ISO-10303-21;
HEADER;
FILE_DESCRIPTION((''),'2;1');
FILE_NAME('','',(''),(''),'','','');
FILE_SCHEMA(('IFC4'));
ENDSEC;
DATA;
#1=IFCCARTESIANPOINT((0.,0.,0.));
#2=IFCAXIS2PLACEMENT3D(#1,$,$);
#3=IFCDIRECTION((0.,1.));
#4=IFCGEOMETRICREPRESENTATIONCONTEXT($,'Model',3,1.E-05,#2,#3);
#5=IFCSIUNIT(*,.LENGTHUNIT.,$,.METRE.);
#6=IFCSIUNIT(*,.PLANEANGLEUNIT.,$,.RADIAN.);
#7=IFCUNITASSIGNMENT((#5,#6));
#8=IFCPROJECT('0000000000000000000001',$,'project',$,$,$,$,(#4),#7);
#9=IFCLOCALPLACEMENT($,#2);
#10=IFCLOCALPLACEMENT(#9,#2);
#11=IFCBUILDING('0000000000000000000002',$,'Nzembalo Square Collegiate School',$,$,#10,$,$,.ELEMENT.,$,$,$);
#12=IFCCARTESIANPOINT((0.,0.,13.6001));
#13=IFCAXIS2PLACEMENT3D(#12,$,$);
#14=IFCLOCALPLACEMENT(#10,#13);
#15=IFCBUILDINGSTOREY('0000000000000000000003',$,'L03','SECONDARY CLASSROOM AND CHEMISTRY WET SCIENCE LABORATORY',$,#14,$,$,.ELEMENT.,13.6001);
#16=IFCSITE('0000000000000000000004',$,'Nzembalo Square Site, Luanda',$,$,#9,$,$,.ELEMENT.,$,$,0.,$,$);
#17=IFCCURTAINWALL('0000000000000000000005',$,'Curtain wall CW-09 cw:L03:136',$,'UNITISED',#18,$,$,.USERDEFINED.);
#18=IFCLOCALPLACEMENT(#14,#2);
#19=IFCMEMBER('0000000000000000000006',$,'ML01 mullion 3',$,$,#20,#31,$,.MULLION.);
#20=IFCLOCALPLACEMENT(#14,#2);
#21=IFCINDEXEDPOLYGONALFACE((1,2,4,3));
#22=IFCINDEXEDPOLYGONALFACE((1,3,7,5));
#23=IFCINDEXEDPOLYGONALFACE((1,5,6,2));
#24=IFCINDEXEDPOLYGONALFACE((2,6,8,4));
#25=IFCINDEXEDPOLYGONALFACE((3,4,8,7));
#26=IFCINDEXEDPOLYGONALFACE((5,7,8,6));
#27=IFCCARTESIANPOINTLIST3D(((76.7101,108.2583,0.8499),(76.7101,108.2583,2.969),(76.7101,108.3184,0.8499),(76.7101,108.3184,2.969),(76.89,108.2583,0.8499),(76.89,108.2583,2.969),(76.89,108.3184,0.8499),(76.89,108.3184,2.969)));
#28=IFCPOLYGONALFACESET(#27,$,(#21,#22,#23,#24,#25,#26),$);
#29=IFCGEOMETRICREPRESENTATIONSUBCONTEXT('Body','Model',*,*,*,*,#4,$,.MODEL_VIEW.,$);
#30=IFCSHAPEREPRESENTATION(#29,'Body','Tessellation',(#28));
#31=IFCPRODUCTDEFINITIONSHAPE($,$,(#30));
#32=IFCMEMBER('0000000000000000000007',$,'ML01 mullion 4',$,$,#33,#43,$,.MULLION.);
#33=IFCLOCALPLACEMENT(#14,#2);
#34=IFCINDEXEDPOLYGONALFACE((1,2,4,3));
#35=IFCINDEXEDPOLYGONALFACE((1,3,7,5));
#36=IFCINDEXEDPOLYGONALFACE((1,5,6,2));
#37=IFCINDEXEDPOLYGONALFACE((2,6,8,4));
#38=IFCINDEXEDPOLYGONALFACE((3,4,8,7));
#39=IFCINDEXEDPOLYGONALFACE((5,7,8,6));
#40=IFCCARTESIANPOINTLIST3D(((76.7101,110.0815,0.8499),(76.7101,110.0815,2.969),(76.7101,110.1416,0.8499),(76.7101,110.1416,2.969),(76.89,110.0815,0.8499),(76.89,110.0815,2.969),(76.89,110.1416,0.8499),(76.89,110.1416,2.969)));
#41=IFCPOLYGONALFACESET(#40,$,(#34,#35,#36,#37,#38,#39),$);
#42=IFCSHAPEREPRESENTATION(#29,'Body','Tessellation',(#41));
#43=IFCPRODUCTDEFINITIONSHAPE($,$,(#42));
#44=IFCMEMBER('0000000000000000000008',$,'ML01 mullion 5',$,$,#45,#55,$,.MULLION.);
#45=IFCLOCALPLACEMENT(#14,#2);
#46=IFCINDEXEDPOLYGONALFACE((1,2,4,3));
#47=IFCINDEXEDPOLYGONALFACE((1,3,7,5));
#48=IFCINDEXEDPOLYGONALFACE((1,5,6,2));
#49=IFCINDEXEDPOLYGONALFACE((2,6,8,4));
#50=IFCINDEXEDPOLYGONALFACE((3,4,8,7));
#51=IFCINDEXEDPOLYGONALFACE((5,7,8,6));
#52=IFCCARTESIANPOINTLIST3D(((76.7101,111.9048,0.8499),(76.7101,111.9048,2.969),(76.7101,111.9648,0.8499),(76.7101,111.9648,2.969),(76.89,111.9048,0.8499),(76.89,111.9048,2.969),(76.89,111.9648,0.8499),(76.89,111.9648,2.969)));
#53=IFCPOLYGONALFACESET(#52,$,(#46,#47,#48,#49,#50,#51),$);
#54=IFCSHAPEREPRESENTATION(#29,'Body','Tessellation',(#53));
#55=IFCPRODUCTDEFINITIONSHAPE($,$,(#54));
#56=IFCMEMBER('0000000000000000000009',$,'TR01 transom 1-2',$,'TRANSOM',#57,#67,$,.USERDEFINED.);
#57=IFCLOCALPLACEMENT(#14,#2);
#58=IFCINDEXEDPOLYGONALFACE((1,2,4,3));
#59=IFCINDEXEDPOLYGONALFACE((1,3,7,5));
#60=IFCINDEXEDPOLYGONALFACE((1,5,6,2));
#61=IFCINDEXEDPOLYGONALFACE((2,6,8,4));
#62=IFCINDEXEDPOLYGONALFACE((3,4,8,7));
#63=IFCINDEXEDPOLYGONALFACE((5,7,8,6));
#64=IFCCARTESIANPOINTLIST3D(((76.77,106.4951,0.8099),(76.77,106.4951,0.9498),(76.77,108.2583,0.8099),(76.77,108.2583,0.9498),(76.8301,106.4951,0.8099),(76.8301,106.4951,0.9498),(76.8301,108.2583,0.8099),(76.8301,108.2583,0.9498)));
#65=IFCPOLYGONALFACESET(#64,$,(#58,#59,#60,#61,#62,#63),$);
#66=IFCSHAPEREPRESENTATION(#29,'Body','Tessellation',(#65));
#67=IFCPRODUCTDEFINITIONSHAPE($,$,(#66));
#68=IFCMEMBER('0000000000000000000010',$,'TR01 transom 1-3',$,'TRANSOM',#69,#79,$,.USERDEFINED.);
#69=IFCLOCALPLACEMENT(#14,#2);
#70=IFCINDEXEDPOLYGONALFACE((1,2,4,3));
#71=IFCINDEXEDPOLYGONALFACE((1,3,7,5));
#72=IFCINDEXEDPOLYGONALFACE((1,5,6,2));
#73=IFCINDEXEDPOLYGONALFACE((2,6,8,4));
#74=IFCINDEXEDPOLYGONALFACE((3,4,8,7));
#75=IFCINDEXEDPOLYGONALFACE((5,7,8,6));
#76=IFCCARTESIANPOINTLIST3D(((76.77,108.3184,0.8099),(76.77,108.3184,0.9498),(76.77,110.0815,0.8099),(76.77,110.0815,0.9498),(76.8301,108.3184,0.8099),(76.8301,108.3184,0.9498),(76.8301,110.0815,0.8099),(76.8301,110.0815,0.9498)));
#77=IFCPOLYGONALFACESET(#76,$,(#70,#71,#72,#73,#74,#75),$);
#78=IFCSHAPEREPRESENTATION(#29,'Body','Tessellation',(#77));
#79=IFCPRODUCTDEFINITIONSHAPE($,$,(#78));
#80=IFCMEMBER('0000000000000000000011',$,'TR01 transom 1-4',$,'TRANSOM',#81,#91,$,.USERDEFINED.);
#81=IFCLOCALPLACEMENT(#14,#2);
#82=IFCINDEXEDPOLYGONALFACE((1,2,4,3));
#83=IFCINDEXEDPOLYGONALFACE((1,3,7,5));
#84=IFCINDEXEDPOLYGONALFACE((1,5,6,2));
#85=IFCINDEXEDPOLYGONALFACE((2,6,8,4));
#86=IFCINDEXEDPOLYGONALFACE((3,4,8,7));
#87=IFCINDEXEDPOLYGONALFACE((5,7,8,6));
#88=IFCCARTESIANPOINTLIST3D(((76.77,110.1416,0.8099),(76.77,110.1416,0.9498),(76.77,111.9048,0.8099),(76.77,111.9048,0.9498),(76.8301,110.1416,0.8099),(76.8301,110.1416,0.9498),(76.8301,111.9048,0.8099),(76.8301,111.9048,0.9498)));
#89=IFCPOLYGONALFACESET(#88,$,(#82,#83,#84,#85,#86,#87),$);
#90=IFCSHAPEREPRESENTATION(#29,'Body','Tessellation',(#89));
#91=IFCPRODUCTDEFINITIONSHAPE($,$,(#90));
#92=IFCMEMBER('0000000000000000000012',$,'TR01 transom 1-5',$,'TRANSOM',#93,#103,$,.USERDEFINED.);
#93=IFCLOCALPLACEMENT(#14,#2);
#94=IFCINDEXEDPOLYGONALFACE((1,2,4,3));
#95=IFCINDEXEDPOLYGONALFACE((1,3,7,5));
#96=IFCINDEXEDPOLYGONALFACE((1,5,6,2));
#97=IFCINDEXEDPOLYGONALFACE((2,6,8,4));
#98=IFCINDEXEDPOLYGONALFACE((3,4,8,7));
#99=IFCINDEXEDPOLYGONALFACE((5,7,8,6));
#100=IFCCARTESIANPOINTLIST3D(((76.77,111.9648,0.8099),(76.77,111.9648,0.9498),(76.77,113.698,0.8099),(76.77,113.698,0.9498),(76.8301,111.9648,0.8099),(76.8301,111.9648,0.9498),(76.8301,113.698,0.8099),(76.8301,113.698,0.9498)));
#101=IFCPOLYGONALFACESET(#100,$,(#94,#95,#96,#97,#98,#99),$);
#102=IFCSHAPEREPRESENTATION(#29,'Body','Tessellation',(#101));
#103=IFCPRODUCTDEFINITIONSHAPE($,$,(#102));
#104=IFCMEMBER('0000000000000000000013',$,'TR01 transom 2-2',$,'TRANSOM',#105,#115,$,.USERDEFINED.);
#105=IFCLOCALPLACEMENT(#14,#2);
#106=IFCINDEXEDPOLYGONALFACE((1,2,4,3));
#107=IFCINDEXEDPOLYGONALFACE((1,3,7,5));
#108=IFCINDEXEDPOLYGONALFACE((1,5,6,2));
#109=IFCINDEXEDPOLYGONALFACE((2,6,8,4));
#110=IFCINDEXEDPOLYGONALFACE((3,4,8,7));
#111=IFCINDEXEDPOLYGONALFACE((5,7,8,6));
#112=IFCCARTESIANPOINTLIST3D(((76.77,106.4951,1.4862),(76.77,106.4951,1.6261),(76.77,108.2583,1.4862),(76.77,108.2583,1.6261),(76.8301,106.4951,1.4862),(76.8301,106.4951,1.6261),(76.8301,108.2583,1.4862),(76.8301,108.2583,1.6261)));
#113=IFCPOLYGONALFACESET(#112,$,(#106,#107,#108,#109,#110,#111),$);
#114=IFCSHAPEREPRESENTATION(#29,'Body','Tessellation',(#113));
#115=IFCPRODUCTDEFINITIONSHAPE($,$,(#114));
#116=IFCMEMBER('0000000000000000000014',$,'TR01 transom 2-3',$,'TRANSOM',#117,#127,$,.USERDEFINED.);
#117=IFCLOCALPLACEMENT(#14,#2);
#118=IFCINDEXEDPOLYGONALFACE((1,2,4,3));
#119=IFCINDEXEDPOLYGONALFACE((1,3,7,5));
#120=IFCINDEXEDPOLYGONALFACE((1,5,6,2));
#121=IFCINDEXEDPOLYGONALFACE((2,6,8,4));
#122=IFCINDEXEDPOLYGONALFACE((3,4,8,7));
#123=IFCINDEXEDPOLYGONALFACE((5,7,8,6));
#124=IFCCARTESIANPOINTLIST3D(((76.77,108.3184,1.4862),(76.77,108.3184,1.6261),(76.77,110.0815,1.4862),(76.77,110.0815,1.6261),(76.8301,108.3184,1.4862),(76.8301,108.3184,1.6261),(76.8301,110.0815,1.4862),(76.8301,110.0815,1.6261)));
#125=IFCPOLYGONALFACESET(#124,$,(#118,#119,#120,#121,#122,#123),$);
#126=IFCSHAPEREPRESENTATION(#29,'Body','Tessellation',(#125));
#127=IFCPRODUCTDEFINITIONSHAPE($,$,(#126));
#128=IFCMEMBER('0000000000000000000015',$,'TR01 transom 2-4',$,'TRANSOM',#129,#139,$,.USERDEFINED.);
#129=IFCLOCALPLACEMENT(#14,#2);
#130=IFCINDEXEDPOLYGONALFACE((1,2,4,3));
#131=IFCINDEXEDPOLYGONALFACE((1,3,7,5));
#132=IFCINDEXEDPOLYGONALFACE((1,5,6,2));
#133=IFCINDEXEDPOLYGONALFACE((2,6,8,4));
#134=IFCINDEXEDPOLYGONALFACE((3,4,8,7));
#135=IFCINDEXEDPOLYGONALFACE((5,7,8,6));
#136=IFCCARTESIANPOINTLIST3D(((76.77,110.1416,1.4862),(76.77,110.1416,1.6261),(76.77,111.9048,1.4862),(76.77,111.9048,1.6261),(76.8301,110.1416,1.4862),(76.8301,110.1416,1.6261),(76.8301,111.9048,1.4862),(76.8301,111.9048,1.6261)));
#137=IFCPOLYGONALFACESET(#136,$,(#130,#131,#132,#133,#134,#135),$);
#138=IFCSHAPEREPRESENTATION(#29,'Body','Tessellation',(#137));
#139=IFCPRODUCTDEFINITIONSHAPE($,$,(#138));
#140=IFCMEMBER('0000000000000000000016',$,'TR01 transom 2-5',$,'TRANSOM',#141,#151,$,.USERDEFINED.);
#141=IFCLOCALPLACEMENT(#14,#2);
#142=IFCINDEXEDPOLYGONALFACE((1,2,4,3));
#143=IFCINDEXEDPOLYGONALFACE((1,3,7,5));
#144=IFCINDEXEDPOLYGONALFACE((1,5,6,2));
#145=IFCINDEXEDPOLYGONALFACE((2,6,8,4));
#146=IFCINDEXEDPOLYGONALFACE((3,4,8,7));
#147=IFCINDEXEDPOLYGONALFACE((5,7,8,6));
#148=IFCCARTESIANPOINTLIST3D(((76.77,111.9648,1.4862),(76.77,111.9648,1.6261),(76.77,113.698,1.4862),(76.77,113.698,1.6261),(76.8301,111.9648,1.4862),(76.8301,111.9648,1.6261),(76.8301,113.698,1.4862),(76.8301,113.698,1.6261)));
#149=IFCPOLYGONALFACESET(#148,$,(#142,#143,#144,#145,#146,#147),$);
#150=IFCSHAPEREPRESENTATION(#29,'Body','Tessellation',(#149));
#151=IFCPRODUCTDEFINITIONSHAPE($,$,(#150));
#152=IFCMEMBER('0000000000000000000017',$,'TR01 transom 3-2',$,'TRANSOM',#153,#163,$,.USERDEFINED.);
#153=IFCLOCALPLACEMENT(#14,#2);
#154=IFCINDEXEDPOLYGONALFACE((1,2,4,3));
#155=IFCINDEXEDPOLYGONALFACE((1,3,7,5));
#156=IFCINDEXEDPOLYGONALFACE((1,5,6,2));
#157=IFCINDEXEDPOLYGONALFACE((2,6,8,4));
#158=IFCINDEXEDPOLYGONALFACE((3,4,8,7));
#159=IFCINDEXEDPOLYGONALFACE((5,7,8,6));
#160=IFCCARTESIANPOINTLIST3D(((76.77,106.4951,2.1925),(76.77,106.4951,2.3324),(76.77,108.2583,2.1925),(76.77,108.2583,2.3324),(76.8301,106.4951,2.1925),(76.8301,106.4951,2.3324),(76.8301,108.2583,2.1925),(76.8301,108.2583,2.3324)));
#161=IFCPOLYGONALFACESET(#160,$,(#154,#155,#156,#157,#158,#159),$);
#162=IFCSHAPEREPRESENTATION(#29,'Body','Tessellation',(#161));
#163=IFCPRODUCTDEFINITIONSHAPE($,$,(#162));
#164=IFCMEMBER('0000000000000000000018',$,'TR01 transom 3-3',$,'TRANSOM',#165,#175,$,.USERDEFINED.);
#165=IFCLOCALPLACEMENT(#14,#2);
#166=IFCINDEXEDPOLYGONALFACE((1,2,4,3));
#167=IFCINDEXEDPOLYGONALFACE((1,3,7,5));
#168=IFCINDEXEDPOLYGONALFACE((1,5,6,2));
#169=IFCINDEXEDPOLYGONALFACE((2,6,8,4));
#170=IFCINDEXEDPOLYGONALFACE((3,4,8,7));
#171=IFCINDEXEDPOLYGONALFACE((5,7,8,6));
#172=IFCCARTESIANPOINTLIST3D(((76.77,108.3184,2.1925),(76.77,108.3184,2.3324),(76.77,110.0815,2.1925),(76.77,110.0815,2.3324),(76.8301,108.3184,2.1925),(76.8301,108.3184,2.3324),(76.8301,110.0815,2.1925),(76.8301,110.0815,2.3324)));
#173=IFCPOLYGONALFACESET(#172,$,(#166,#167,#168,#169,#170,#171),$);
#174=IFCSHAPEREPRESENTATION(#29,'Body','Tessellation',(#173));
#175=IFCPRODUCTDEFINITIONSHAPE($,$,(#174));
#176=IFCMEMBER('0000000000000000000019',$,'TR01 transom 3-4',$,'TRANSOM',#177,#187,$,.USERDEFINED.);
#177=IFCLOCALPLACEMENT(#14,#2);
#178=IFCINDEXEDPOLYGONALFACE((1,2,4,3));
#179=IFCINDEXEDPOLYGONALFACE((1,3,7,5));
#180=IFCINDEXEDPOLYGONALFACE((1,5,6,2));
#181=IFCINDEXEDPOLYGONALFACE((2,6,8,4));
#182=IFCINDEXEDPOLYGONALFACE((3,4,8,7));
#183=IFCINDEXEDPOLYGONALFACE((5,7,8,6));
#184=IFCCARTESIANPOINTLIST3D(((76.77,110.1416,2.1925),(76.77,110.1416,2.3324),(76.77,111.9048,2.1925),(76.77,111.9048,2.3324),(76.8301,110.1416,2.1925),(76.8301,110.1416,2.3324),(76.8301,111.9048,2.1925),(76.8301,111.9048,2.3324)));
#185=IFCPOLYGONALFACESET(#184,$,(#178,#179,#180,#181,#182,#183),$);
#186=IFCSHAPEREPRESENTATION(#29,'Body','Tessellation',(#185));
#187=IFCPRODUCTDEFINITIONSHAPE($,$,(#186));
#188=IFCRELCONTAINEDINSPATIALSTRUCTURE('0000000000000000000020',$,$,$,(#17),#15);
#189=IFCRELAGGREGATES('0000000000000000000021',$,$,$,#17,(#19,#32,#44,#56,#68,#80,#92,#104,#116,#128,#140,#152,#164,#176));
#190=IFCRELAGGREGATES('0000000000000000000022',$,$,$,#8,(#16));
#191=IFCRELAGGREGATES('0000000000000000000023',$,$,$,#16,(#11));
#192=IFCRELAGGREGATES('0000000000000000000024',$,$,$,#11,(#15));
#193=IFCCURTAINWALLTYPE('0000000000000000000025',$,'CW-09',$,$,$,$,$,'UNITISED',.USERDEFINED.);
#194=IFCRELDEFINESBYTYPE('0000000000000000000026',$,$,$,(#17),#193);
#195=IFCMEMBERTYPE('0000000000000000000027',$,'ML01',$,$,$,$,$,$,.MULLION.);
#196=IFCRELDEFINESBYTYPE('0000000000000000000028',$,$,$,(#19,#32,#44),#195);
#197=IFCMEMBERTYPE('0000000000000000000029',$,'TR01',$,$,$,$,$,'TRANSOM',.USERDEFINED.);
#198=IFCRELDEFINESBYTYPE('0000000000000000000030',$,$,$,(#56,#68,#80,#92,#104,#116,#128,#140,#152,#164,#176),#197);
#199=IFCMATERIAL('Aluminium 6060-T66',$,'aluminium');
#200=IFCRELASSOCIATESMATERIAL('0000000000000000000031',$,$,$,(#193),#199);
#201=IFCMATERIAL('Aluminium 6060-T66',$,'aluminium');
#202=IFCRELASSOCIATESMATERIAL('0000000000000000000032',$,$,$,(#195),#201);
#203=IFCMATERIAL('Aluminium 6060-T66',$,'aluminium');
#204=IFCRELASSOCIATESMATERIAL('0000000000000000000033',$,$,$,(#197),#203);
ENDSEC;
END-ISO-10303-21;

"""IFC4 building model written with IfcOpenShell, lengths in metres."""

from ifc_helpers import new_model, si_unit, direction, frame, origin, origin_2d, place, context, subcontext, project, spatial, rectangle, extrude, material, material_profile, profile_set, type_object, element, aggregate, save


model = new_model("IFC4")

# Units and contexts
model_context = context("Model", 3, precision=1e-05, world=origin(), true_north=direction((0.0, 1.0)))
body_context = subcontext(model_context, "Body", "Model", "MODEL_VIEW")
ifc_project = project(units=[si_unit("LENGTHUNIT", "METRE"), si_unit("PLANEANGLEUNIT", "RADIAN")], contexts=[model_context])

# Site, building, storey
site_placement = place(None, origin())
site = spatial("IfcSite", under=ifc_project, at=site_placement, Name="Nzembalo Square Site, Luanda", CompositionType="ELEMENT", RefElevation=0.0)
building_placement = place(site_placement, origin())
building = spatial("IfcBuilding", under=site, at=building_placement, Name="Nzembalo Square Collegiate School", CompositionType="ELEMENT")
storey_placement = place(building_placement, frame((0.0, 0.0, 13.6001)))
storey = spatial("IfcBuildingStorey", under=building, at=storey_placement, Name="L03", Description="SECONDARY CLASSROOM AND CHEMISTRY WET SCIENCE LABORATORY", CompositionType="ELEMENT", Elevation=13.6001)

# Curtain wall, members
ifc_material_1 = material(Name="Aluminium 6060-T66", Category="aluminium")
curtain_wall_type = type_object("IfcCurtainWallType", Name="CW-09", ElementType="UNITISED", PredefinedType="USERDEFINED", material=ifc_material_1)
curtain_wall_placement = place(storey_placement, origin())
curtain_wall = element("IfcCurtainWall", 1, at=curtain_wall_placement, inside=storey, type_object=curtain_wall_type, Name="Curtain wall CW-09 cw:L03:136", ObjectType="UNITISED", PredefinedType="USERDEFINED")
ifc_material_2 = material(Name="Aluminium 6060-T66", Category="aluminium")
ifc_material_profile_1 = material_profile(ifc_material_2, rectangle(XDim=0.0601, YDim=0.1799, at=origin_2d()), Name="ALU M60x180")
ifc_profile_set_1 = profile_set([ifc_material_profile_1], Name="Aluminium 6060-T66")
member_type_1 = type_object("IfcMemberType", Name="ML01", PredefinedType="MULLION", material=ifc_profile_set_1)
member_1_placement = place(storey_placement, frame((76.8, 108.2883, 0.8499), z_axis=(0.0, 0.0, 1.0), x_axis=(0.0, 1.0, 0.0)))
member_1 = element("IfcMember", 2, at=member_1_placement, type_object=member_type_1, Name="ML01 mullion 3", PredefinedType="MULLION", context=body_context, shape_type="SweptSolid", body=[
    extrude(rectangle(XDim=0.0601, YDim=0.1799, at=origin_2d()), origin(), (0.0, 0.0, 1.0), 2.1191),
])
member_2_placement = place(storey_placement, frame((76.8, 110.1116, 0.8499), z_axis=(0.0, 0.0, 1.0), x_axis=(0.0, 1.0, 0.0)))
member_2 = element("IfcMember", 3, at=member_2_placement, type_object=member_type_1, Name="ML01 mullion 4", PredefinedType="MULLION", context=body_context, shape_type="SweptSolid", body=[
    extrude(rectangle(XDim=0.0601, YDim=0.1799, at=origin_2d()), origin(), (0.0, 0.0, 1.0), 2.1191),
])
member_3_placement = place(storey_placement, frame((76.8, 111.9348, 0.8499), z_axis=(0.0, 0.0, 1.0), x_axis=(0.0, 1.0, 0.0)))
member_3 = element("IfcMember", 4, at=member_3_placement, type_object=member_type_1, Name="ML01 mullion 5", PredefinedType="MULLION", context=body_context, shape_type="SweptSolid", body=[
    extrude(rectangle(XDim=0.0601, YDim=0.1799, at=origin_2d()), origin(), (0.0, 0.0, 1.0), 2.1191),
])
ifc_material_3 = material(Name="Aluminium 6060-T66", Category="aluminium")
ifc_material_profile_2 = material_profile(ifc_material_3, rectangle(XDim=0.0601, YDim=0.1399, at=origin_2d()), Name="ALU T60x140")
ifc_profile_set_2 = profile_set([ifc_material_profile_2], Name="Aluminium 6060-T66")
member_type_2 = type_object("IfcMemberType", Name="TR01", ElementType="TRANSOM", PredefinedType="USERDEFINED", material=ifc_profile_set_2)
member_4_placement = place(storey_placement, frame((76.8, 106.4951, 0.8799), z_axis=(0.0, 1.0, 0.0), x_axis=(-1.0, 0.0, 0.0)))
member_4 = element("IfcMember", 5, at=member_4_placement, type_object=member_type_2, Name="TR01 transom 1-2", ObjectType="TRANSOM", PredefinedType="USERDEFINED", context=body_context, shape_type="SweptSolid", body=[
    extrude(rectangle(XDim=0.0601, YDim=0.1399, at=origin_2d()), origin(), (0.0, 0.0, 1.0), 1.7632),
])
member_5_placement = place(storey_placement, frame((76.8, 108.3184, 0.8799), z_axis=(0.0, 1.0, 0.0), x_axis=(-1.0, 0.0, 0.0)))
member_5 = element("IfcMember", 6, at=member_5_placement, type_object=member_type_2, Name="TR01 transom 1-3", ObjectType="TRANSOM", PredefinedType="USERDEFINED", context=body_context, shape_type="SweptSolid", body=[
    extrude(rectangle(XDim=0.0601, YDim=0.1399, at=origin_2d()), origin(), (0.0, 0.0, 1.0), 1.7632),
])
member_6_placement = place(storey_placement, frame((76.8, 110.1416, 0.8799), z_axis=(0.0, 1.0, 0.0), x_axis=(-1.0, 0.0, 0.0)))
member_6 = element("IfcMember", 7, at=member_6_placement, type_object=member_type_2, Name="TR01 transom 1-4", ObjectType="TRANSOM", PredefinedType="USERDEFINED", context=body_context, shape_type="SweptSolid", body=[
    extrude(rectangle(XDim=0.0601, YDim=0.1399, at=origin_2d()), origin(), (0.0, 0.0, 1.0), 1.7632),
])
member_7_placement = place(storey_placement, frame((76.8, 111.9648, 0.8799), z_axis=(0.0, 1.0, 0.0), x_axis=(-1.0, 0.0, 0.0)))
member_7 = element("IfcMember", 8, at=member_7_placement, type_object=member_type_2, Name="TR01 transom 1-5", ObjectType="TRANSOM", PredefinedType="USERDEFINED", context=body_context, shape_type="SweptSolid", body=[
    extrude(rectangle(XDim=0.0601, YDim=0.1399, at=origin_2d()), origin(), (0.0, 0.0, 1.0), 1.7332),
])
member_8_placement = place(storey_placement, frame((76.8, 106.4951, 1.5562), z_axis=(0.0, 1.0, 0.0), x_axis=(-1.0, 0.0, 0.0)))
member_8 = element("IfcMember", 9, at=member_8_placement, type_object=member_type_2, Name="TR01 transom 2-2", ObjectType="TRANSOM", PredefinedType="USERDEFINED", context=body_context, shape_type="SweptSolid", body=[
    extrude(rectangle(XDim=0.0601, YDim=0.1399, at=origin_2d()), origin(), (0.0, 0.0, 1.0), 1.7632),
])
member_9_placement = place(storey_placement, frame((76.8, 108.3184, 1.5562), z_axis=(0.0, 1.0, 0.0), x_axis=(-1.0, 0.0, 0.0)))
member_9 = element("IfcMember", 10, at=member_9_placement, type_object=member_type_2, Name="TR01 transom 2-3", ObjectType="TRANSOM", PredefinedType="USERDEFINED", context=body_context, shape_type="SweptSolid", body=[
    extrude(rectangle(XDim=0.0601, YDim=0.1399, at=origin_2d()), origin(), (0.0, 0.0, 1.0), 1.7632),
])
member_10_placement = place(storey_placement, frame((76.8, 110.1416, 1.5562), z_axis=(0.0, 1.0, 0.0), x_axis=(-1.0, 0.0, 0.0)))
member_10 = element("IfcMember", 11, at=member_10_placement, type_object=member_type_2, Name="TR01 transom 2-4", ObjectType="TRANSOM", PredefinedType="USERDEFINED", context=body_context, shape_type="SweptSolid", body=[
    extrude(rectangle(XDim=0.0601, YDim=0.1399, at=origin_2d()), origin(), (0.0, 0.0, 1.0), 1.7632),
])
member_11_placement = place(storey_placement, frame((76.8, 111.9648, 1.5562), z_axis=(0.0, 1.0, 0.0), x_axis=(-1.0, 0.0, 0.0)))
member_11 = element("IfcMember", 12, at=member_11_placement, type_object=member_type_2, Name="TR01 transom 2-5", ObjectType="TRANSOM", PredefinedType="USERDEFINED", context=body_context, shape_type="SweptSolid", body=[
    extrude(rectangle(XDim=0.0601, YDim=0.1399, at=origin_2d()), origin(), (0.0, 0.0, 1.0), 1.7332),
])
member_12_placement = place(storey_placement, frame((76.8, 106.4951, 2.2625), z_axis=(0.0, 1.0, 0.0), x_axis=(-1.0, 0.0, 0.0)))
member_12 = element("IfcMember", 13, at=member_12_placement, type_object=member_type_2, Name="TR01 transom 3-2", ObjectType="TRANSOM", PredefinedType="USERDEFINED", context=body_context, shape_type="SweptSolid", body=[
    extrude(rectangle(XDim=0.0601, YDim=0.1399, at=origin_2d()), origin(), (0.0, 0.0, 1.0), 1.7632),
])
member_13_placement = place(storey_placement, frame((76.8, 108.3184, 2.2625), z_axis=(0.0, 1.0, 0.0), x_axis=(-1.0, 0.0, 0.0)))
member_13 = element("IfcMember", 14, at=member_13_placement, type_object=member_type_2, Name="TR01 transom 3-3", ObjectType="TRANSOM", PredefinedType="USERDEFINED", context=body_context, shape_type="SweptSolid", body=[
    extrude(rectangle(XDim=0.0601, YDim=0.1399, at=origin_2d()), origin(), (0.0, 0.0, 1.0), 1.7632),
])
member_14_placement = place(storey_placement, frame((76.8, 110.1416, 2.2625), z_axis=(0.0, 1.0, 0.0), x_axis=(-1.0, 0.0, 0.0)))
member_14 = element("IfcMember", 15, at=member_14_placement, type_object=member_type_2, Name="TR01 transom 3-4", ObjectType="TRANSOM", PredefinedType="USERDEFINED", context=body_context, shape_type="SweptSolid", body=[
    extrude(rectangle(XDim=0.0601, YDim=0.1399, at=origin_2d()), origin(), (0.0, 0.0, 1.0), 1.7632),
])
aggregate(curtain_wall, [member_1, member_2, member_3, member_4, member_5, member_6, member_7, member_8, member_9, member_10, member_11, member_12, member_13, member_14])

save(model, "model.ifc")
